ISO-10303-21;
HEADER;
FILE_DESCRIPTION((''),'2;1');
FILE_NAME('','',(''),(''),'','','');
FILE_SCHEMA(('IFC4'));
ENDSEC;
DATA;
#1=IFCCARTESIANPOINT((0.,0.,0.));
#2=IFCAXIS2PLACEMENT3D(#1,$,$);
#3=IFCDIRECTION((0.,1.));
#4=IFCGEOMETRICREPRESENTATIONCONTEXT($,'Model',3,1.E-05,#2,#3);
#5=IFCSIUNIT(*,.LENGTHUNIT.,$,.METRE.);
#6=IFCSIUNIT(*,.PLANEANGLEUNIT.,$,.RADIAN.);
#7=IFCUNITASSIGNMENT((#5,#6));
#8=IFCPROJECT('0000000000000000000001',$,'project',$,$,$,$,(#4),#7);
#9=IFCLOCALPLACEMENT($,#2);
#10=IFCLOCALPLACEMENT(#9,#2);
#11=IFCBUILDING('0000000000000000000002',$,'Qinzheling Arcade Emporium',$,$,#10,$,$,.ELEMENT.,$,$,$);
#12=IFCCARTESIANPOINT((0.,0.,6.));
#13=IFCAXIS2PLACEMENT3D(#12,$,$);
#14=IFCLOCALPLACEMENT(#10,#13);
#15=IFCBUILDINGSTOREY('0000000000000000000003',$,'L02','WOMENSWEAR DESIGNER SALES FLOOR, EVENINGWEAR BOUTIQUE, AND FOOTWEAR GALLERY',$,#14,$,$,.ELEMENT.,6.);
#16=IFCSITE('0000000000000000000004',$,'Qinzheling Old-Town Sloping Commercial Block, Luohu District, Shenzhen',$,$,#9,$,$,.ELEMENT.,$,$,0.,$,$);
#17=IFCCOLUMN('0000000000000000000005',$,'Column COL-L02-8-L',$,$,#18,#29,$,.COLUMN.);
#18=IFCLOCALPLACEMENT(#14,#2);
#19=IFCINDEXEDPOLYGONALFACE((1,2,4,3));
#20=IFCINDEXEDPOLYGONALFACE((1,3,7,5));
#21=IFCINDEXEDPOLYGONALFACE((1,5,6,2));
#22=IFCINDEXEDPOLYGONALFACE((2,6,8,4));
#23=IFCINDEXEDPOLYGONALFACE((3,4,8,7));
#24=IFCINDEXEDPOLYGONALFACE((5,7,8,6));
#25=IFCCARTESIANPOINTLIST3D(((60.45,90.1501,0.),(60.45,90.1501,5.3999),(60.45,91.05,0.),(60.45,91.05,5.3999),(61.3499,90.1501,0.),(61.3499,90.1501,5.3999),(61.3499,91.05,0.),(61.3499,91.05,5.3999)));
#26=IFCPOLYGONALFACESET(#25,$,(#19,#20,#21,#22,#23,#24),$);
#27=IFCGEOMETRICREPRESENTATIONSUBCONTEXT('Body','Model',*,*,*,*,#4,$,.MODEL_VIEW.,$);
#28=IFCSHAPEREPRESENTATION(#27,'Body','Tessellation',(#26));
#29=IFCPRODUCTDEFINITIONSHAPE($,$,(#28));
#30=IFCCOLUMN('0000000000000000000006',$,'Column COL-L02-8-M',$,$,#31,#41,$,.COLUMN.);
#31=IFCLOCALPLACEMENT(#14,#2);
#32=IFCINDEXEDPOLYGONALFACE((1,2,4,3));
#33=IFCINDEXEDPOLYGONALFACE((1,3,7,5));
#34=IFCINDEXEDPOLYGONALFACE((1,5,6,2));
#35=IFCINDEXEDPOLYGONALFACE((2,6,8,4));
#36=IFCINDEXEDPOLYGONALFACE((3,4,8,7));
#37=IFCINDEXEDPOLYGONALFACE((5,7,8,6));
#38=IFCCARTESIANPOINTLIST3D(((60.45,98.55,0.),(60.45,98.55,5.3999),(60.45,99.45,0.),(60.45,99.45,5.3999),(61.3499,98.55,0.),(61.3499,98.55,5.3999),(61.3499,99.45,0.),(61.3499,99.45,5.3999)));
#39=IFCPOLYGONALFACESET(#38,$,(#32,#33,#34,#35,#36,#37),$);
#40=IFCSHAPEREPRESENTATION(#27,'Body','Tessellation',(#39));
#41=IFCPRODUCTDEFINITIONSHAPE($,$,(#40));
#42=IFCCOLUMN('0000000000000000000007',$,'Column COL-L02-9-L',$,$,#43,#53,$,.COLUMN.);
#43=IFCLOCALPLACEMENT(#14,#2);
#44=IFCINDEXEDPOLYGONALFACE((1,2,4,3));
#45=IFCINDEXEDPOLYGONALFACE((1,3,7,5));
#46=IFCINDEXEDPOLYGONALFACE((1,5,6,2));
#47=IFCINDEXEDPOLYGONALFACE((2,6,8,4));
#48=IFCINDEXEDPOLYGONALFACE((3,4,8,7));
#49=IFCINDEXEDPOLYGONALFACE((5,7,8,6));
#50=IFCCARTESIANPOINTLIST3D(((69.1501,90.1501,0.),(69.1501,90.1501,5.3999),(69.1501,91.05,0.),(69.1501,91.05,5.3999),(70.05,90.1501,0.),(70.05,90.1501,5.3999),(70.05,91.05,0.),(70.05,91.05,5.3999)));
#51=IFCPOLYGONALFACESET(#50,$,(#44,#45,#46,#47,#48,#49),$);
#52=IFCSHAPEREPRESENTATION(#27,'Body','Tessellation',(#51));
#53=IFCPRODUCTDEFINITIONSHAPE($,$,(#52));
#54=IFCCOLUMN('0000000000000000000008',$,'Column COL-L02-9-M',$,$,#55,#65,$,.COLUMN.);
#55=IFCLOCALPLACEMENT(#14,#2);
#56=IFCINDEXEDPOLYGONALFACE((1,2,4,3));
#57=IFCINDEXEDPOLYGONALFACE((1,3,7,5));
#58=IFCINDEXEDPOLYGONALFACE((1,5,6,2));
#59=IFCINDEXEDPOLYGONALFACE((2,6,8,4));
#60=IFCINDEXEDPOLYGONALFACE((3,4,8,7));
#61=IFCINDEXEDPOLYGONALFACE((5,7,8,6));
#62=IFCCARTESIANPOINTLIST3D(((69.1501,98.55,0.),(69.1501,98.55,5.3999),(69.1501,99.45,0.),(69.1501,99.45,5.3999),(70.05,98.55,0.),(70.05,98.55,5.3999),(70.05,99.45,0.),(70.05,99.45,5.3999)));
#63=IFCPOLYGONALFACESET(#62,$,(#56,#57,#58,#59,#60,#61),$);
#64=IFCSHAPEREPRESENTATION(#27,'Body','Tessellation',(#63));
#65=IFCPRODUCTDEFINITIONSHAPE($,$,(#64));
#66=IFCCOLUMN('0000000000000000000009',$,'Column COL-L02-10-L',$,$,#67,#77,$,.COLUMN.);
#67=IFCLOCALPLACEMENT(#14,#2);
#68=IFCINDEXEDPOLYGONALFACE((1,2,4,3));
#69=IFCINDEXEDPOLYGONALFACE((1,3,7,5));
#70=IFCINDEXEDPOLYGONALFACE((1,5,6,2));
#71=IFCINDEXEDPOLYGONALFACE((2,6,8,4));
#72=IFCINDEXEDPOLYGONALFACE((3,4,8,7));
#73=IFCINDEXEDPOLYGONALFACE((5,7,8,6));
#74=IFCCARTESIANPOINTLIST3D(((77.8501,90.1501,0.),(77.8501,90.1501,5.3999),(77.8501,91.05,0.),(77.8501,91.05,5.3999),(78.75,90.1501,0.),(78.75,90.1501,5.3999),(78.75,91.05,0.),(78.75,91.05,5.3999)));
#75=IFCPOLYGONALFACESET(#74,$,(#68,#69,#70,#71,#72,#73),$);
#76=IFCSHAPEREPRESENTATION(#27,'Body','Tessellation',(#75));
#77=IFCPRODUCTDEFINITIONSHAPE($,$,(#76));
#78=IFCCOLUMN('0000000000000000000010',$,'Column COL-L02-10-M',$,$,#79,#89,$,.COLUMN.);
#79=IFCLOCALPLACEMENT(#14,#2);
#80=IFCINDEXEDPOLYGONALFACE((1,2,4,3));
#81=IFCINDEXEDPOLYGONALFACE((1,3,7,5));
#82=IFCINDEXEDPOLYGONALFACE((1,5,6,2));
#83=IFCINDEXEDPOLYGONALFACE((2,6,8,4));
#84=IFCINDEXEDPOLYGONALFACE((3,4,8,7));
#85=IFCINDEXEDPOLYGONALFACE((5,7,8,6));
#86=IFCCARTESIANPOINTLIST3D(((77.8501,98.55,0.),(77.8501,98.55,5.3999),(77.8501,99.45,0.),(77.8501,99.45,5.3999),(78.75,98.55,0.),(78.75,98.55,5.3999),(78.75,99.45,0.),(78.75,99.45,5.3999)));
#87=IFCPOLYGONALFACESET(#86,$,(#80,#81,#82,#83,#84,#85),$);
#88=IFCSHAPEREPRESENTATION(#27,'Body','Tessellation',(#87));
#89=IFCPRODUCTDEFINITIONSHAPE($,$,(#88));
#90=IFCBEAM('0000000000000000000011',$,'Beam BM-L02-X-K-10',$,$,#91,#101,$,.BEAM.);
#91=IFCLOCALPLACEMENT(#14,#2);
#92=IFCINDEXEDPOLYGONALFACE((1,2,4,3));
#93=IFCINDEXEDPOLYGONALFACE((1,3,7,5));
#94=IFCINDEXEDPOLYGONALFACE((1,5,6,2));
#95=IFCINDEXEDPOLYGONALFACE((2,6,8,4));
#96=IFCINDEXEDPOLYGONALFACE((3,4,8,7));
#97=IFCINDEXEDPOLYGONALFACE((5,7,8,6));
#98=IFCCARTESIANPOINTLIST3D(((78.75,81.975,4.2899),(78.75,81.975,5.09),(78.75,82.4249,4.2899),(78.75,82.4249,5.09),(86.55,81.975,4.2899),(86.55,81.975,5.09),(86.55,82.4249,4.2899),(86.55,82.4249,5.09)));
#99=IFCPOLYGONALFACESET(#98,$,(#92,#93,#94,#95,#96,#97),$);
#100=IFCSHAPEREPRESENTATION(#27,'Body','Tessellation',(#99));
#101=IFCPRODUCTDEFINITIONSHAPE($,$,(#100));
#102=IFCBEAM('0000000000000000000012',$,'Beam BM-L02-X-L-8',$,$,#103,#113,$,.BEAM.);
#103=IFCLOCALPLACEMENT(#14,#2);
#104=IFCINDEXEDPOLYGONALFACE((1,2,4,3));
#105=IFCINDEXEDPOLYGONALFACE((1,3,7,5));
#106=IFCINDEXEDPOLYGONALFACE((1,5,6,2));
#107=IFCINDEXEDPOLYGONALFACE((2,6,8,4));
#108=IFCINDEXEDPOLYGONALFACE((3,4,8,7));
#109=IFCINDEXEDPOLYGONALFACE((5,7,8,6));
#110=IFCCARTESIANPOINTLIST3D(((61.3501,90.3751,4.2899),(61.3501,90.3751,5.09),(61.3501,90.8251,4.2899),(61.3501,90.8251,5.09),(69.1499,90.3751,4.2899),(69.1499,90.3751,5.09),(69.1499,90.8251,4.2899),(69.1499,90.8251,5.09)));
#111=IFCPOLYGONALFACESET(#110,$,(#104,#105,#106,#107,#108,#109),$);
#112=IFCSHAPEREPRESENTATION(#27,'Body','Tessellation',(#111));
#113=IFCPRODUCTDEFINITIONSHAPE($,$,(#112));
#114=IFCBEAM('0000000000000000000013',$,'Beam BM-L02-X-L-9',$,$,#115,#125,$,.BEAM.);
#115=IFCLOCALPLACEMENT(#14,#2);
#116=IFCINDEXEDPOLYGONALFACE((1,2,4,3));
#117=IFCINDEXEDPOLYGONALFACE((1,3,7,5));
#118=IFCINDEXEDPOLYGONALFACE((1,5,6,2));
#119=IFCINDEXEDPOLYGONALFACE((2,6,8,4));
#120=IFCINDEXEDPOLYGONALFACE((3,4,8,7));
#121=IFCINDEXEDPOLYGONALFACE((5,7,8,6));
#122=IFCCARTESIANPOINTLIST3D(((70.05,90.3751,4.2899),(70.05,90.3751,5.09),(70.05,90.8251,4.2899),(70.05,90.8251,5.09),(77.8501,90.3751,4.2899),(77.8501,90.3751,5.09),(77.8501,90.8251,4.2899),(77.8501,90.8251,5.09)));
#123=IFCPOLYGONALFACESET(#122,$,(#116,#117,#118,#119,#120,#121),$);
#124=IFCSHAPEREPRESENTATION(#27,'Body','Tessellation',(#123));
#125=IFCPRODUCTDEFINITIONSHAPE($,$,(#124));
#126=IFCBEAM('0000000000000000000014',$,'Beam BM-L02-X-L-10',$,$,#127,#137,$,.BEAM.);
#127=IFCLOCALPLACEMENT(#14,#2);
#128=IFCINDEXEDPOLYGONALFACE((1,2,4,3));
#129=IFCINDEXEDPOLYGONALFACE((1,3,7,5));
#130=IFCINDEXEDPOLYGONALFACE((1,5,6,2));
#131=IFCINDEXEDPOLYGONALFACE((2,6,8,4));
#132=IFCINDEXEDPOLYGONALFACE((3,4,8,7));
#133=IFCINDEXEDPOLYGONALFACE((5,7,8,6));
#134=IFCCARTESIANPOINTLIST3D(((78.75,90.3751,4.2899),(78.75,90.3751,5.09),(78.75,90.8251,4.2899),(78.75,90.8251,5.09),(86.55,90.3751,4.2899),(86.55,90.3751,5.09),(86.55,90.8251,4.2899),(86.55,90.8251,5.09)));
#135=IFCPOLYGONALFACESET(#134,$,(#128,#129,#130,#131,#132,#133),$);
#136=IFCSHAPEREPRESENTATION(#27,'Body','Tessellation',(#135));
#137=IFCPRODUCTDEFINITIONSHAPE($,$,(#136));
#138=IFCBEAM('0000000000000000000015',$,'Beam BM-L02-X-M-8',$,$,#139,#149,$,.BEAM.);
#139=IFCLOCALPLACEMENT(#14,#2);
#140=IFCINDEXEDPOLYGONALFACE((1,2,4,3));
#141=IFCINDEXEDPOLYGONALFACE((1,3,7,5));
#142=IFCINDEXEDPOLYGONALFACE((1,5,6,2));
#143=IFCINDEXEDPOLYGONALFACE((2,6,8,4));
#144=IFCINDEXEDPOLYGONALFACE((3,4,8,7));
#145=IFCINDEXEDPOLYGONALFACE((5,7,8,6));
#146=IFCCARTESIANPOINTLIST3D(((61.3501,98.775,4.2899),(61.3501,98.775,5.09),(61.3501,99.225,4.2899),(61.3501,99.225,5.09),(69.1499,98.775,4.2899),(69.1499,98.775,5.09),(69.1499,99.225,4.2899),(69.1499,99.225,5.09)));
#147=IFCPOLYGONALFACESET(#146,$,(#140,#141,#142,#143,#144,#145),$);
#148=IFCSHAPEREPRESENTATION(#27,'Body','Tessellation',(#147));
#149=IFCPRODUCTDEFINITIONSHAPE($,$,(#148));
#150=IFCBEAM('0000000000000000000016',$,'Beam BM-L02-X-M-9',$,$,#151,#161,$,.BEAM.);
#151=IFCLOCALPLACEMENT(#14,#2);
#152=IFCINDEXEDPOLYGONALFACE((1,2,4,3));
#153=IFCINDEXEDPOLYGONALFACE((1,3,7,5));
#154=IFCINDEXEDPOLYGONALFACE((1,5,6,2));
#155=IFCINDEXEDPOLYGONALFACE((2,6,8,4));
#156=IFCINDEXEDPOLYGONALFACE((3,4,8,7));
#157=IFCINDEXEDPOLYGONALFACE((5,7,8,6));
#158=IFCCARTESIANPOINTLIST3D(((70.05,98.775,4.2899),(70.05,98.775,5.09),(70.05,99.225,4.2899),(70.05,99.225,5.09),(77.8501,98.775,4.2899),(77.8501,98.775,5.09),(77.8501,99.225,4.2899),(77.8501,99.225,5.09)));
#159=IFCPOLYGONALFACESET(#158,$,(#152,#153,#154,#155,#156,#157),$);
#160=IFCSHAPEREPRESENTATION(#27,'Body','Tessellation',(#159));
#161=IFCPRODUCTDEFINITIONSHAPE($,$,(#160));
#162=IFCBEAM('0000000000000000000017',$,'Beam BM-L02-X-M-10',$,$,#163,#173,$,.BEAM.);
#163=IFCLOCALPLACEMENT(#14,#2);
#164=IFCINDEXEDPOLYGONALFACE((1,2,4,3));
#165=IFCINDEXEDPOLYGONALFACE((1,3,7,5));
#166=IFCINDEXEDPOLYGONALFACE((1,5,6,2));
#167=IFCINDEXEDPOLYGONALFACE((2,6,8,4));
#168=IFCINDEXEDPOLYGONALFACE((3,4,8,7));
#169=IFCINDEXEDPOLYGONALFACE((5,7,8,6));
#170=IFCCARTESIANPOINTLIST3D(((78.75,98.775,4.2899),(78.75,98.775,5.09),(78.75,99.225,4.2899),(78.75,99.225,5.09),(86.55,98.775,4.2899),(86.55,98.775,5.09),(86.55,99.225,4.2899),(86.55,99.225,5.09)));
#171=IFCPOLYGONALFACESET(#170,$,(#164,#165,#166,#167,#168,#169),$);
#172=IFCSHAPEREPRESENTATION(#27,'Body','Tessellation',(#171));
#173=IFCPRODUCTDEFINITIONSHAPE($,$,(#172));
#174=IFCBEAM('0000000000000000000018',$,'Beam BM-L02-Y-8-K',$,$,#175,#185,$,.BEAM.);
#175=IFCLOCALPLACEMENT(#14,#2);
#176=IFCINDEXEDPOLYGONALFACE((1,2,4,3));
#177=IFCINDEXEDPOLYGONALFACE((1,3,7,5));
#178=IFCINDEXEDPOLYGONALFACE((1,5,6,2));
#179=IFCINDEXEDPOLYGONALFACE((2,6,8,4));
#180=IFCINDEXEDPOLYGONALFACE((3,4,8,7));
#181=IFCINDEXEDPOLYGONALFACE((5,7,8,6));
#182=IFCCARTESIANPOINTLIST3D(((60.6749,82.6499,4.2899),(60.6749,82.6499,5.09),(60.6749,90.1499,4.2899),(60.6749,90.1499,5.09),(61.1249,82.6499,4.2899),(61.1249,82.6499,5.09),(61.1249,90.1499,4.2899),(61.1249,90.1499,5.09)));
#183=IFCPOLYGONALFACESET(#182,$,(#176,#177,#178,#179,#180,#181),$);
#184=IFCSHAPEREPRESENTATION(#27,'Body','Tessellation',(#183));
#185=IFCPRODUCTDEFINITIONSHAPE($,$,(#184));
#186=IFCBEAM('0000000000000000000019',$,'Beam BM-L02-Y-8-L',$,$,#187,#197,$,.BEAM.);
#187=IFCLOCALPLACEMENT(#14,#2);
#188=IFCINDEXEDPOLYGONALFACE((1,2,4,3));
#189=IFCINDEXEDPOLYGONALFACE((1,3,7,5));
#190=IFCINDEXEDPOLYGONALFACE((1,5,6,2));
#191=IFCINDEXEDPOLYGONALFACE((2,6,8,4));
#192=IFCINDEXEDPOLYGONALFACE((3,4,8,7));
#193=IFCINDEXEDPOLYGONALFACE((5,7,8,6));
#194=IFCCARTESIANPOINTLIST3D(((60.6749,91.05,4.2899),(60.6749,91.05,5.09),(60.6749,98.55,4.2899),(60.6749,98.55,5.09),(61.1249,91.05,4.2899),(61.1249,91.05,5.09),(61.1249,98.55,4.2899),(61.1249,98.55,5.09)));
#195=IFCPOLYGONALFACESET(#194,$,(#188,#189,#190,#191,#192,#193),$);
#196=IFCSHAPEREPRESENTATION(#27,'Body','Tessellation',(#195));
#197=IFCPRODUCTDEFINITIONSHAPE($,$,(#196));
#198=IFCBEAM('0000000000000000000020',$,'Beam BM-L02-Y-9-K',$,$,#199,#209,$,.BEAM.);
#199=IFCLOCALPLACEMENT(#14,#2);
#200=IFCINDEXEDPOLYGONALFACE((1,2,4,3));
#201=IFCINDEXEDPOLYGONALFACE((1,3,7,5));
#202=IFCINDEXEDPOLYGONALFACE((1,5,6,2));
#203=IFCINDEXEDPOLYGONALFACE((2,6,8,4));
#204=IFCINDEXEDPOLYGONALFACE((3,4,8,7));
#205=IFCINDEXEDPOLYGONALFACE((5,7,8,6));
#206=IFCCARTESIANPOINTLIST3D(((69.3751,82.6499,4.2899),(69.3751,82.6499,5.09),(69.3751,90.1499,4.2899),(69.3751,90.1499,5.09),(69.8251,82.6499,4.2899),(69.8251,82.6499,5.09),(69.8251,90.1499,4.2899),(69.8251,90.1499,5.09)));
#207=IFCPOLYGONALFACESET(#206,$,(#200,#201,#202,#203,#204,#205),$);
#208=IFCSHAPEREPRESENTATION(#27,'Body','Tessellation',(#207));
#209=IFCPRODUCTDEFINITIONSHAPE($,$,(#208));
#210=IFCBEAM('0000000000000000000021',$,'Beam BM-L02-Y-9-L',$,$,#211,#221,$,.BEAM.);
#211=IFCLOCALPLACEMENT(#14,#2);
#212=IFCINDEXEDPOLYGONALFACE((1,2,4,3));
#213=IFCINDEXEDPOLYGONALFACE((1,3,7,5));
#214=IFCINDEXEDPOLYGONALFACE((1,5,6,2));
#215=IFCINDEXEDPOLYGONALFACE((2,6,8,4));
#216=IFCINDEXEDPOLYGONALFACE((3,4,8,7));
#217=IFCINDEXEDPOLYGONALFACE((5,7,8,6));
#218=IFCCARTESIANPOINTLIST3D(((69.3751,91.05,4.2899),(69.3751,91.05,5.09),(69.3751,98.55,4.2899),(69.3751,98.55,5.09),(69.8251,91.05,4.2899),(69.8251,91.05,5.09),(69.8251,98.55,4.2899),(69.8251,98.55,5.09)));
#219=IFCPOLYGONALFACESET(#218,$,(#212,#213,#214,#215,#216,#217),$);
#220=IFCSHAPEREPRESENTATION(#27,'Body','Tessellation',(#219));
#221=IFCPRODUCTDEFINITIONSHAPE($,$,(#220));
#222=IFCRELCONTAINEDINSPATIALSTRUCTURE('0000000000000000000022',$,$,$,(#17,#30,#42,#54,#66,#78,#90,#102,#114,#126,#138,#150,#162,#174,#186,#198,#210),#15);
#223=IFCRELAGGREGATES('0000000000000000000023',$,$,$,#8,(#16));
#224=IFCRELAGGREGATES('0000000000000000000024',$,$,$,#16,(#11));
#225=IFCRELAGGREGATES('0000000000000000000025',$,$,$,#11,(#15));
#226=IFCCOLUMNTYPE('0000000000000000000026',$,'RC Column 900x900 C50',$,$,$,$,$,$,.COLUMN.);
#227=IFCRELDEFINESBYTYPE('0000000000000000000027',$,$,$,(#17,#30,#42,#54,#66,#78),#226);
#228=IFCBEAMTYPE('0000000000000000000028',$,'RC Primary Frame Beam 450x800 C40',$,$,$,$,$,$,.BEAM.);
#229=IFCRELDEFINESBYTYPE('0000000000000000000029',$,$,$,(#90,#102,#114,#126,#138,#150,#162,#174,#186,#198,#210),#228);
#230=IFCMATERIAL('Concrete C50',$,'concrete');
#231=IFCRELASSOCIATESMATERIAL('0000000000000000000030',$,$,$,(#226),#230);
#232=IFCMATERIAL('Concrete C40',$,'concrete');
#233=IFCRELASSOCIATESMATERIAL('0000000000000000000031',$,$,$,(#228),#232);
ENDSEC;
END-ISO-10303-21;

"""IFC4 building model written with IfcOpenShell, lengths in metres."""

from ifc_helpers import new_model, si_unit, direction, frame, origin, origin_2d, place, context, subcontext, project, spatial, rectangle, extrude, material, material_profile, profile_set, type_object, element, save


model = new_model("IFC4")

# Units and contexts
model_context = context("Model", 3, precision=1e-05, world=origin(), true_north=direction((0.0, 1.0)))
body_context = subcontext(model_context, "Body", "Model", "MODEL_VIEW")
ifc_project = project(units=[si_unit("LENGTHUNIT", "METRE"), si_unit("PLANEANGLEUNIT", "RADIAN")], contexts=[model_context])

# Site, building, storey
site_placement = place(None, origin())
site = spatial("IfcSite", under=ifc_project, at=site_placement, Name="Qinzheling Old-Town Sloping Commercial Block, Luohu District, Shenzhen", CompositionType="ELEMENT", RefElevation=0.0)
building_placement = place(site_placement, origin())
building = spatial("IfcBuilding", under=site, at=building_placement, Name="Qinzheling Arcade Emporium", CompositionType="ELEMENT")
storey_placement = place(building_placement, frame((0.0, 0.0, 6.0)))
storey = spatial("IfcBuildingStorey", under=building, at=storey_placement, Name="L02", Description="WOMENSWEAR DESIGNER SALES FLOOR, EVENINGWEAR BOUTIQUE, AND FOOTWEAR GALLERY", CompositionType="ELEMENT", Elevation=6.0)

# Columns
ifc_material_1 = material(Name="Concrete C50", Category="concrete")
ifc_material_profile_1 = material_profile(ifc_material_1, rectangle(XDim=0.8999, YDim=0.8999, at=origin_2d()), Name="RC 900x900", Category="concrete")
ifc_profile_set_1 = profile_set([ifc_material_profile_1], Name="Concrete C50")
column_type = type_object("IfcColumnType", Name="RC Column 900x900 C50", PredefinedType="COLUMN", material=ifc_profile_set_1)
for number, where, z_axis, x_axis, name in (
    (1, (60.8999, 90.6001, 0.0), (0.0, 0.0, 1.0), (1.0, 0.0, 0.0), "Column COL-L02-8-L"),
    (2, (60.8999, 99.0, 0.0), (0.0, 0.0, 1.0), (1.0, 0.0, 0.0), "Column COL-L02-8-M"),
    (3, (69.6001, 90.6001, 0.0), (0.0, 0.0, 1.0), (1.0, 0.0, 0.0), "Column COL-L02-9-L"),
    (4, (69.6001, 99.0, 0.0), (0.0, 0.0, 1.0), (1.0, 0.0, 0.0), "Column COL-L02-9-M"),
    (5, (78.3, 90.6001, 0.0), (0.0, 0.0, 1.0), (1.0, 0.0, 0.0), "Column COL-L02-10-L"),
    (6, (78.3, 99.0, 0.0), (0.0, 0.0, 1.0), (1.0, 0.0, 0.0), "Column COL-L02-10-M"),
):
    element("IfcColumn", number, at=place(storey_placement, frame(where, z_axis=z_axis, x_axis=x_axis)), inside=storey, type_object=column_type, Name=name, PredefinedType="COLUMN", context=body_context, shape_type="SweptSolid", body=[
        extrude(rectangle(XDim=0.8999, YDim=0.8999, at=origin_2d()), origin(), (0.0, 0.0, 1.0), 5.3999),
    ])

# Beams
ifc_material_2 = material(Name="Concrete C40", Category="concrete")
ifc_material_profile_2 = material_profile(ifc_material_2, rectangle(XDim=0.45, YDim=0.8, at=origin_2d()), Name="RC 450x800", Category="concrete")
ifc_profile_set_2 = profile_set([ifc_material_profile_2], Name="Concrete C40")
beam_type = type_object("IfcBeamType", Name="RC Primary Frame Beam 450x800 C40", PredefinedType="BEAM", material=ifc_profile_set_2)
beam_1_placement = place(storey_placement, frame((78.75, 82.2, 4.6899), z_axis=(1.0, 0.0, 0.0), x_axis=(0.0, 1.0, 0.0)))
element("IfcBeam", 7, at=beam_1_placement, inside=storey, type_object=beam_type, Name="Beam BM-L02-X-K-10", PredefinedType="BEAM", context=body_context, shape_type="SweptSolid", body=[
    extrude(rectangle(XDim=0.45, YDim=0.8, at=origin_2d()), origin(), (0.0, 0.0, 1.0), 7.8),
])
beam_2_placement = place(storey_placement, frame((61.3501, 90.6001, 4.6899), z_axis=(1.0, 0.0, 0.0), x_axis=(0.0, 1.0, 0.0)))
element("IfcBeam", 8, at=beam_2_placement, inside=storey, type_object=beam_type, Name="Beam BM-L02-X-L-8", PredefinedType="BEAM", context=body_context, shape_type="SweptSolid", body=[
    extrude(rectangle(XDim=0.45, YDim=0.8, at=origin_2d()), origin(), (0.0, 0.0, 1.0), 7.7998),
])
for number, where, z_axis, x_axis, name in (
    (9, (70.05, 90.6001, 4.6899), (1.0, 0.0, 0.0), (0.0, 1.0, 0.0), "Beam BM-L02-X-L-9"),
    (10, (78.75, 90.6001, 4.6899), (1.0, 0.0, 0.0), (0.0, 1.0, 0.0), "Beam BM-L02-X-L-10"),
):
    element("IfcBeam", number, at=place(storey_placement, frame(where, z_axis=z_axis, x_axis=x_axis)), inside=storey, type_object=beam_type, Name=name, PredefinedType="BEAM", context=body_context, shape_type="SweptSolid", body=[
        extrude(rectangle(XDim=0.45, YDim=0.8, at=origin_2d()), origin(), (0.0, 0.0, 1.0), 7.8),
    ])
beam_3_placement = place(storey_placement, frame((61.3501, 99.0, 4.6899), z_axis=(1.0, 0.0, 0.0), x_axis=(0.0, 1.0, 0.0)))
element("IfcBeam", 11, at=beam_3_placement, inside=storey, type_object=beam_type, Name="Beam BM-L02-X-M-8", PredefinedType="BEAM", context=body_context, shape_type="SweptSolid", body=[
    extrude(rectangle(XDim=0.45, YDim=0.8, at=origin_2d()), origin(), (0.0, 0.0, 1.0), 7.7998),
])
for number, where, z_axis, x_axis, name in (
    (12, (70.05, 99.0, 4.6899), (1.0, 0.0, 0.0), (0.0, 1.0, 0.0), "Beam BM-L02-X-M-9"),
    (13, (78.75, 99.0, 4.6899), (1.0, 0.0, 0.0), (0.0, 1.0, 0.0), "Beam BM-L02-X-M-10"),
):
    element("IfcBeam", number, at=place(storey_placement, frame(where, z_axis=z_axis, x_axis=x_axis)), inside=storey, type_object=beam_type, Name=name, PredefinedType="BEAM", context=body_context, shape_type="SweptSolid", body=[
        extrude(rectangle(XDim=0.45, YDim=0.8, at=origin_2d()), origin(), (0.0, 0.0, 1.0), 7.8),
    ])
for number, where, z_axis, x_axis, name in (
    (14, (60.8999, 82.6499, 4.6899), (0.0, 1.0, 0.0), (-1.0, 0.0, 0.0), "Beam BM-L02-Y-8-K"),
    (15, (60.8999, 91.05, 4.6899), (0.0, 1.0, 0.0), (-1.0, 0.0, 0.0), "Beam BM-L02-Y-8-L"),
    (16, (69.6001, 82.6499, 4.6899), (0.0, 1.0, 0.0), (-1.0, 0.0, 0.0), "Beam BM-L02-Y-9-K"),
    (17, (69.6001, 91.05, 4.6899), (0.0, 1.0, 0.0), (-1.0, 0.0, 0.0), "Beam BM-L02-Y-9-L"),
):
    element("IfcBeam", number, at=place(storey_placement, frame(where, z_axis=z_axis, x_axis=x_axis)), inside=storey, type_object=beam_type, Name=name, PredefinedType="BEAM", context=body_context, shape_type="SweptSolid", body=[
        extrude(rectangle(XDim=0.45, YDim=0.8, at=origin_2d()), origin(), (0.0, 0.0, 1.0), 7.5),
    ])

save(model, "model.ifc")
